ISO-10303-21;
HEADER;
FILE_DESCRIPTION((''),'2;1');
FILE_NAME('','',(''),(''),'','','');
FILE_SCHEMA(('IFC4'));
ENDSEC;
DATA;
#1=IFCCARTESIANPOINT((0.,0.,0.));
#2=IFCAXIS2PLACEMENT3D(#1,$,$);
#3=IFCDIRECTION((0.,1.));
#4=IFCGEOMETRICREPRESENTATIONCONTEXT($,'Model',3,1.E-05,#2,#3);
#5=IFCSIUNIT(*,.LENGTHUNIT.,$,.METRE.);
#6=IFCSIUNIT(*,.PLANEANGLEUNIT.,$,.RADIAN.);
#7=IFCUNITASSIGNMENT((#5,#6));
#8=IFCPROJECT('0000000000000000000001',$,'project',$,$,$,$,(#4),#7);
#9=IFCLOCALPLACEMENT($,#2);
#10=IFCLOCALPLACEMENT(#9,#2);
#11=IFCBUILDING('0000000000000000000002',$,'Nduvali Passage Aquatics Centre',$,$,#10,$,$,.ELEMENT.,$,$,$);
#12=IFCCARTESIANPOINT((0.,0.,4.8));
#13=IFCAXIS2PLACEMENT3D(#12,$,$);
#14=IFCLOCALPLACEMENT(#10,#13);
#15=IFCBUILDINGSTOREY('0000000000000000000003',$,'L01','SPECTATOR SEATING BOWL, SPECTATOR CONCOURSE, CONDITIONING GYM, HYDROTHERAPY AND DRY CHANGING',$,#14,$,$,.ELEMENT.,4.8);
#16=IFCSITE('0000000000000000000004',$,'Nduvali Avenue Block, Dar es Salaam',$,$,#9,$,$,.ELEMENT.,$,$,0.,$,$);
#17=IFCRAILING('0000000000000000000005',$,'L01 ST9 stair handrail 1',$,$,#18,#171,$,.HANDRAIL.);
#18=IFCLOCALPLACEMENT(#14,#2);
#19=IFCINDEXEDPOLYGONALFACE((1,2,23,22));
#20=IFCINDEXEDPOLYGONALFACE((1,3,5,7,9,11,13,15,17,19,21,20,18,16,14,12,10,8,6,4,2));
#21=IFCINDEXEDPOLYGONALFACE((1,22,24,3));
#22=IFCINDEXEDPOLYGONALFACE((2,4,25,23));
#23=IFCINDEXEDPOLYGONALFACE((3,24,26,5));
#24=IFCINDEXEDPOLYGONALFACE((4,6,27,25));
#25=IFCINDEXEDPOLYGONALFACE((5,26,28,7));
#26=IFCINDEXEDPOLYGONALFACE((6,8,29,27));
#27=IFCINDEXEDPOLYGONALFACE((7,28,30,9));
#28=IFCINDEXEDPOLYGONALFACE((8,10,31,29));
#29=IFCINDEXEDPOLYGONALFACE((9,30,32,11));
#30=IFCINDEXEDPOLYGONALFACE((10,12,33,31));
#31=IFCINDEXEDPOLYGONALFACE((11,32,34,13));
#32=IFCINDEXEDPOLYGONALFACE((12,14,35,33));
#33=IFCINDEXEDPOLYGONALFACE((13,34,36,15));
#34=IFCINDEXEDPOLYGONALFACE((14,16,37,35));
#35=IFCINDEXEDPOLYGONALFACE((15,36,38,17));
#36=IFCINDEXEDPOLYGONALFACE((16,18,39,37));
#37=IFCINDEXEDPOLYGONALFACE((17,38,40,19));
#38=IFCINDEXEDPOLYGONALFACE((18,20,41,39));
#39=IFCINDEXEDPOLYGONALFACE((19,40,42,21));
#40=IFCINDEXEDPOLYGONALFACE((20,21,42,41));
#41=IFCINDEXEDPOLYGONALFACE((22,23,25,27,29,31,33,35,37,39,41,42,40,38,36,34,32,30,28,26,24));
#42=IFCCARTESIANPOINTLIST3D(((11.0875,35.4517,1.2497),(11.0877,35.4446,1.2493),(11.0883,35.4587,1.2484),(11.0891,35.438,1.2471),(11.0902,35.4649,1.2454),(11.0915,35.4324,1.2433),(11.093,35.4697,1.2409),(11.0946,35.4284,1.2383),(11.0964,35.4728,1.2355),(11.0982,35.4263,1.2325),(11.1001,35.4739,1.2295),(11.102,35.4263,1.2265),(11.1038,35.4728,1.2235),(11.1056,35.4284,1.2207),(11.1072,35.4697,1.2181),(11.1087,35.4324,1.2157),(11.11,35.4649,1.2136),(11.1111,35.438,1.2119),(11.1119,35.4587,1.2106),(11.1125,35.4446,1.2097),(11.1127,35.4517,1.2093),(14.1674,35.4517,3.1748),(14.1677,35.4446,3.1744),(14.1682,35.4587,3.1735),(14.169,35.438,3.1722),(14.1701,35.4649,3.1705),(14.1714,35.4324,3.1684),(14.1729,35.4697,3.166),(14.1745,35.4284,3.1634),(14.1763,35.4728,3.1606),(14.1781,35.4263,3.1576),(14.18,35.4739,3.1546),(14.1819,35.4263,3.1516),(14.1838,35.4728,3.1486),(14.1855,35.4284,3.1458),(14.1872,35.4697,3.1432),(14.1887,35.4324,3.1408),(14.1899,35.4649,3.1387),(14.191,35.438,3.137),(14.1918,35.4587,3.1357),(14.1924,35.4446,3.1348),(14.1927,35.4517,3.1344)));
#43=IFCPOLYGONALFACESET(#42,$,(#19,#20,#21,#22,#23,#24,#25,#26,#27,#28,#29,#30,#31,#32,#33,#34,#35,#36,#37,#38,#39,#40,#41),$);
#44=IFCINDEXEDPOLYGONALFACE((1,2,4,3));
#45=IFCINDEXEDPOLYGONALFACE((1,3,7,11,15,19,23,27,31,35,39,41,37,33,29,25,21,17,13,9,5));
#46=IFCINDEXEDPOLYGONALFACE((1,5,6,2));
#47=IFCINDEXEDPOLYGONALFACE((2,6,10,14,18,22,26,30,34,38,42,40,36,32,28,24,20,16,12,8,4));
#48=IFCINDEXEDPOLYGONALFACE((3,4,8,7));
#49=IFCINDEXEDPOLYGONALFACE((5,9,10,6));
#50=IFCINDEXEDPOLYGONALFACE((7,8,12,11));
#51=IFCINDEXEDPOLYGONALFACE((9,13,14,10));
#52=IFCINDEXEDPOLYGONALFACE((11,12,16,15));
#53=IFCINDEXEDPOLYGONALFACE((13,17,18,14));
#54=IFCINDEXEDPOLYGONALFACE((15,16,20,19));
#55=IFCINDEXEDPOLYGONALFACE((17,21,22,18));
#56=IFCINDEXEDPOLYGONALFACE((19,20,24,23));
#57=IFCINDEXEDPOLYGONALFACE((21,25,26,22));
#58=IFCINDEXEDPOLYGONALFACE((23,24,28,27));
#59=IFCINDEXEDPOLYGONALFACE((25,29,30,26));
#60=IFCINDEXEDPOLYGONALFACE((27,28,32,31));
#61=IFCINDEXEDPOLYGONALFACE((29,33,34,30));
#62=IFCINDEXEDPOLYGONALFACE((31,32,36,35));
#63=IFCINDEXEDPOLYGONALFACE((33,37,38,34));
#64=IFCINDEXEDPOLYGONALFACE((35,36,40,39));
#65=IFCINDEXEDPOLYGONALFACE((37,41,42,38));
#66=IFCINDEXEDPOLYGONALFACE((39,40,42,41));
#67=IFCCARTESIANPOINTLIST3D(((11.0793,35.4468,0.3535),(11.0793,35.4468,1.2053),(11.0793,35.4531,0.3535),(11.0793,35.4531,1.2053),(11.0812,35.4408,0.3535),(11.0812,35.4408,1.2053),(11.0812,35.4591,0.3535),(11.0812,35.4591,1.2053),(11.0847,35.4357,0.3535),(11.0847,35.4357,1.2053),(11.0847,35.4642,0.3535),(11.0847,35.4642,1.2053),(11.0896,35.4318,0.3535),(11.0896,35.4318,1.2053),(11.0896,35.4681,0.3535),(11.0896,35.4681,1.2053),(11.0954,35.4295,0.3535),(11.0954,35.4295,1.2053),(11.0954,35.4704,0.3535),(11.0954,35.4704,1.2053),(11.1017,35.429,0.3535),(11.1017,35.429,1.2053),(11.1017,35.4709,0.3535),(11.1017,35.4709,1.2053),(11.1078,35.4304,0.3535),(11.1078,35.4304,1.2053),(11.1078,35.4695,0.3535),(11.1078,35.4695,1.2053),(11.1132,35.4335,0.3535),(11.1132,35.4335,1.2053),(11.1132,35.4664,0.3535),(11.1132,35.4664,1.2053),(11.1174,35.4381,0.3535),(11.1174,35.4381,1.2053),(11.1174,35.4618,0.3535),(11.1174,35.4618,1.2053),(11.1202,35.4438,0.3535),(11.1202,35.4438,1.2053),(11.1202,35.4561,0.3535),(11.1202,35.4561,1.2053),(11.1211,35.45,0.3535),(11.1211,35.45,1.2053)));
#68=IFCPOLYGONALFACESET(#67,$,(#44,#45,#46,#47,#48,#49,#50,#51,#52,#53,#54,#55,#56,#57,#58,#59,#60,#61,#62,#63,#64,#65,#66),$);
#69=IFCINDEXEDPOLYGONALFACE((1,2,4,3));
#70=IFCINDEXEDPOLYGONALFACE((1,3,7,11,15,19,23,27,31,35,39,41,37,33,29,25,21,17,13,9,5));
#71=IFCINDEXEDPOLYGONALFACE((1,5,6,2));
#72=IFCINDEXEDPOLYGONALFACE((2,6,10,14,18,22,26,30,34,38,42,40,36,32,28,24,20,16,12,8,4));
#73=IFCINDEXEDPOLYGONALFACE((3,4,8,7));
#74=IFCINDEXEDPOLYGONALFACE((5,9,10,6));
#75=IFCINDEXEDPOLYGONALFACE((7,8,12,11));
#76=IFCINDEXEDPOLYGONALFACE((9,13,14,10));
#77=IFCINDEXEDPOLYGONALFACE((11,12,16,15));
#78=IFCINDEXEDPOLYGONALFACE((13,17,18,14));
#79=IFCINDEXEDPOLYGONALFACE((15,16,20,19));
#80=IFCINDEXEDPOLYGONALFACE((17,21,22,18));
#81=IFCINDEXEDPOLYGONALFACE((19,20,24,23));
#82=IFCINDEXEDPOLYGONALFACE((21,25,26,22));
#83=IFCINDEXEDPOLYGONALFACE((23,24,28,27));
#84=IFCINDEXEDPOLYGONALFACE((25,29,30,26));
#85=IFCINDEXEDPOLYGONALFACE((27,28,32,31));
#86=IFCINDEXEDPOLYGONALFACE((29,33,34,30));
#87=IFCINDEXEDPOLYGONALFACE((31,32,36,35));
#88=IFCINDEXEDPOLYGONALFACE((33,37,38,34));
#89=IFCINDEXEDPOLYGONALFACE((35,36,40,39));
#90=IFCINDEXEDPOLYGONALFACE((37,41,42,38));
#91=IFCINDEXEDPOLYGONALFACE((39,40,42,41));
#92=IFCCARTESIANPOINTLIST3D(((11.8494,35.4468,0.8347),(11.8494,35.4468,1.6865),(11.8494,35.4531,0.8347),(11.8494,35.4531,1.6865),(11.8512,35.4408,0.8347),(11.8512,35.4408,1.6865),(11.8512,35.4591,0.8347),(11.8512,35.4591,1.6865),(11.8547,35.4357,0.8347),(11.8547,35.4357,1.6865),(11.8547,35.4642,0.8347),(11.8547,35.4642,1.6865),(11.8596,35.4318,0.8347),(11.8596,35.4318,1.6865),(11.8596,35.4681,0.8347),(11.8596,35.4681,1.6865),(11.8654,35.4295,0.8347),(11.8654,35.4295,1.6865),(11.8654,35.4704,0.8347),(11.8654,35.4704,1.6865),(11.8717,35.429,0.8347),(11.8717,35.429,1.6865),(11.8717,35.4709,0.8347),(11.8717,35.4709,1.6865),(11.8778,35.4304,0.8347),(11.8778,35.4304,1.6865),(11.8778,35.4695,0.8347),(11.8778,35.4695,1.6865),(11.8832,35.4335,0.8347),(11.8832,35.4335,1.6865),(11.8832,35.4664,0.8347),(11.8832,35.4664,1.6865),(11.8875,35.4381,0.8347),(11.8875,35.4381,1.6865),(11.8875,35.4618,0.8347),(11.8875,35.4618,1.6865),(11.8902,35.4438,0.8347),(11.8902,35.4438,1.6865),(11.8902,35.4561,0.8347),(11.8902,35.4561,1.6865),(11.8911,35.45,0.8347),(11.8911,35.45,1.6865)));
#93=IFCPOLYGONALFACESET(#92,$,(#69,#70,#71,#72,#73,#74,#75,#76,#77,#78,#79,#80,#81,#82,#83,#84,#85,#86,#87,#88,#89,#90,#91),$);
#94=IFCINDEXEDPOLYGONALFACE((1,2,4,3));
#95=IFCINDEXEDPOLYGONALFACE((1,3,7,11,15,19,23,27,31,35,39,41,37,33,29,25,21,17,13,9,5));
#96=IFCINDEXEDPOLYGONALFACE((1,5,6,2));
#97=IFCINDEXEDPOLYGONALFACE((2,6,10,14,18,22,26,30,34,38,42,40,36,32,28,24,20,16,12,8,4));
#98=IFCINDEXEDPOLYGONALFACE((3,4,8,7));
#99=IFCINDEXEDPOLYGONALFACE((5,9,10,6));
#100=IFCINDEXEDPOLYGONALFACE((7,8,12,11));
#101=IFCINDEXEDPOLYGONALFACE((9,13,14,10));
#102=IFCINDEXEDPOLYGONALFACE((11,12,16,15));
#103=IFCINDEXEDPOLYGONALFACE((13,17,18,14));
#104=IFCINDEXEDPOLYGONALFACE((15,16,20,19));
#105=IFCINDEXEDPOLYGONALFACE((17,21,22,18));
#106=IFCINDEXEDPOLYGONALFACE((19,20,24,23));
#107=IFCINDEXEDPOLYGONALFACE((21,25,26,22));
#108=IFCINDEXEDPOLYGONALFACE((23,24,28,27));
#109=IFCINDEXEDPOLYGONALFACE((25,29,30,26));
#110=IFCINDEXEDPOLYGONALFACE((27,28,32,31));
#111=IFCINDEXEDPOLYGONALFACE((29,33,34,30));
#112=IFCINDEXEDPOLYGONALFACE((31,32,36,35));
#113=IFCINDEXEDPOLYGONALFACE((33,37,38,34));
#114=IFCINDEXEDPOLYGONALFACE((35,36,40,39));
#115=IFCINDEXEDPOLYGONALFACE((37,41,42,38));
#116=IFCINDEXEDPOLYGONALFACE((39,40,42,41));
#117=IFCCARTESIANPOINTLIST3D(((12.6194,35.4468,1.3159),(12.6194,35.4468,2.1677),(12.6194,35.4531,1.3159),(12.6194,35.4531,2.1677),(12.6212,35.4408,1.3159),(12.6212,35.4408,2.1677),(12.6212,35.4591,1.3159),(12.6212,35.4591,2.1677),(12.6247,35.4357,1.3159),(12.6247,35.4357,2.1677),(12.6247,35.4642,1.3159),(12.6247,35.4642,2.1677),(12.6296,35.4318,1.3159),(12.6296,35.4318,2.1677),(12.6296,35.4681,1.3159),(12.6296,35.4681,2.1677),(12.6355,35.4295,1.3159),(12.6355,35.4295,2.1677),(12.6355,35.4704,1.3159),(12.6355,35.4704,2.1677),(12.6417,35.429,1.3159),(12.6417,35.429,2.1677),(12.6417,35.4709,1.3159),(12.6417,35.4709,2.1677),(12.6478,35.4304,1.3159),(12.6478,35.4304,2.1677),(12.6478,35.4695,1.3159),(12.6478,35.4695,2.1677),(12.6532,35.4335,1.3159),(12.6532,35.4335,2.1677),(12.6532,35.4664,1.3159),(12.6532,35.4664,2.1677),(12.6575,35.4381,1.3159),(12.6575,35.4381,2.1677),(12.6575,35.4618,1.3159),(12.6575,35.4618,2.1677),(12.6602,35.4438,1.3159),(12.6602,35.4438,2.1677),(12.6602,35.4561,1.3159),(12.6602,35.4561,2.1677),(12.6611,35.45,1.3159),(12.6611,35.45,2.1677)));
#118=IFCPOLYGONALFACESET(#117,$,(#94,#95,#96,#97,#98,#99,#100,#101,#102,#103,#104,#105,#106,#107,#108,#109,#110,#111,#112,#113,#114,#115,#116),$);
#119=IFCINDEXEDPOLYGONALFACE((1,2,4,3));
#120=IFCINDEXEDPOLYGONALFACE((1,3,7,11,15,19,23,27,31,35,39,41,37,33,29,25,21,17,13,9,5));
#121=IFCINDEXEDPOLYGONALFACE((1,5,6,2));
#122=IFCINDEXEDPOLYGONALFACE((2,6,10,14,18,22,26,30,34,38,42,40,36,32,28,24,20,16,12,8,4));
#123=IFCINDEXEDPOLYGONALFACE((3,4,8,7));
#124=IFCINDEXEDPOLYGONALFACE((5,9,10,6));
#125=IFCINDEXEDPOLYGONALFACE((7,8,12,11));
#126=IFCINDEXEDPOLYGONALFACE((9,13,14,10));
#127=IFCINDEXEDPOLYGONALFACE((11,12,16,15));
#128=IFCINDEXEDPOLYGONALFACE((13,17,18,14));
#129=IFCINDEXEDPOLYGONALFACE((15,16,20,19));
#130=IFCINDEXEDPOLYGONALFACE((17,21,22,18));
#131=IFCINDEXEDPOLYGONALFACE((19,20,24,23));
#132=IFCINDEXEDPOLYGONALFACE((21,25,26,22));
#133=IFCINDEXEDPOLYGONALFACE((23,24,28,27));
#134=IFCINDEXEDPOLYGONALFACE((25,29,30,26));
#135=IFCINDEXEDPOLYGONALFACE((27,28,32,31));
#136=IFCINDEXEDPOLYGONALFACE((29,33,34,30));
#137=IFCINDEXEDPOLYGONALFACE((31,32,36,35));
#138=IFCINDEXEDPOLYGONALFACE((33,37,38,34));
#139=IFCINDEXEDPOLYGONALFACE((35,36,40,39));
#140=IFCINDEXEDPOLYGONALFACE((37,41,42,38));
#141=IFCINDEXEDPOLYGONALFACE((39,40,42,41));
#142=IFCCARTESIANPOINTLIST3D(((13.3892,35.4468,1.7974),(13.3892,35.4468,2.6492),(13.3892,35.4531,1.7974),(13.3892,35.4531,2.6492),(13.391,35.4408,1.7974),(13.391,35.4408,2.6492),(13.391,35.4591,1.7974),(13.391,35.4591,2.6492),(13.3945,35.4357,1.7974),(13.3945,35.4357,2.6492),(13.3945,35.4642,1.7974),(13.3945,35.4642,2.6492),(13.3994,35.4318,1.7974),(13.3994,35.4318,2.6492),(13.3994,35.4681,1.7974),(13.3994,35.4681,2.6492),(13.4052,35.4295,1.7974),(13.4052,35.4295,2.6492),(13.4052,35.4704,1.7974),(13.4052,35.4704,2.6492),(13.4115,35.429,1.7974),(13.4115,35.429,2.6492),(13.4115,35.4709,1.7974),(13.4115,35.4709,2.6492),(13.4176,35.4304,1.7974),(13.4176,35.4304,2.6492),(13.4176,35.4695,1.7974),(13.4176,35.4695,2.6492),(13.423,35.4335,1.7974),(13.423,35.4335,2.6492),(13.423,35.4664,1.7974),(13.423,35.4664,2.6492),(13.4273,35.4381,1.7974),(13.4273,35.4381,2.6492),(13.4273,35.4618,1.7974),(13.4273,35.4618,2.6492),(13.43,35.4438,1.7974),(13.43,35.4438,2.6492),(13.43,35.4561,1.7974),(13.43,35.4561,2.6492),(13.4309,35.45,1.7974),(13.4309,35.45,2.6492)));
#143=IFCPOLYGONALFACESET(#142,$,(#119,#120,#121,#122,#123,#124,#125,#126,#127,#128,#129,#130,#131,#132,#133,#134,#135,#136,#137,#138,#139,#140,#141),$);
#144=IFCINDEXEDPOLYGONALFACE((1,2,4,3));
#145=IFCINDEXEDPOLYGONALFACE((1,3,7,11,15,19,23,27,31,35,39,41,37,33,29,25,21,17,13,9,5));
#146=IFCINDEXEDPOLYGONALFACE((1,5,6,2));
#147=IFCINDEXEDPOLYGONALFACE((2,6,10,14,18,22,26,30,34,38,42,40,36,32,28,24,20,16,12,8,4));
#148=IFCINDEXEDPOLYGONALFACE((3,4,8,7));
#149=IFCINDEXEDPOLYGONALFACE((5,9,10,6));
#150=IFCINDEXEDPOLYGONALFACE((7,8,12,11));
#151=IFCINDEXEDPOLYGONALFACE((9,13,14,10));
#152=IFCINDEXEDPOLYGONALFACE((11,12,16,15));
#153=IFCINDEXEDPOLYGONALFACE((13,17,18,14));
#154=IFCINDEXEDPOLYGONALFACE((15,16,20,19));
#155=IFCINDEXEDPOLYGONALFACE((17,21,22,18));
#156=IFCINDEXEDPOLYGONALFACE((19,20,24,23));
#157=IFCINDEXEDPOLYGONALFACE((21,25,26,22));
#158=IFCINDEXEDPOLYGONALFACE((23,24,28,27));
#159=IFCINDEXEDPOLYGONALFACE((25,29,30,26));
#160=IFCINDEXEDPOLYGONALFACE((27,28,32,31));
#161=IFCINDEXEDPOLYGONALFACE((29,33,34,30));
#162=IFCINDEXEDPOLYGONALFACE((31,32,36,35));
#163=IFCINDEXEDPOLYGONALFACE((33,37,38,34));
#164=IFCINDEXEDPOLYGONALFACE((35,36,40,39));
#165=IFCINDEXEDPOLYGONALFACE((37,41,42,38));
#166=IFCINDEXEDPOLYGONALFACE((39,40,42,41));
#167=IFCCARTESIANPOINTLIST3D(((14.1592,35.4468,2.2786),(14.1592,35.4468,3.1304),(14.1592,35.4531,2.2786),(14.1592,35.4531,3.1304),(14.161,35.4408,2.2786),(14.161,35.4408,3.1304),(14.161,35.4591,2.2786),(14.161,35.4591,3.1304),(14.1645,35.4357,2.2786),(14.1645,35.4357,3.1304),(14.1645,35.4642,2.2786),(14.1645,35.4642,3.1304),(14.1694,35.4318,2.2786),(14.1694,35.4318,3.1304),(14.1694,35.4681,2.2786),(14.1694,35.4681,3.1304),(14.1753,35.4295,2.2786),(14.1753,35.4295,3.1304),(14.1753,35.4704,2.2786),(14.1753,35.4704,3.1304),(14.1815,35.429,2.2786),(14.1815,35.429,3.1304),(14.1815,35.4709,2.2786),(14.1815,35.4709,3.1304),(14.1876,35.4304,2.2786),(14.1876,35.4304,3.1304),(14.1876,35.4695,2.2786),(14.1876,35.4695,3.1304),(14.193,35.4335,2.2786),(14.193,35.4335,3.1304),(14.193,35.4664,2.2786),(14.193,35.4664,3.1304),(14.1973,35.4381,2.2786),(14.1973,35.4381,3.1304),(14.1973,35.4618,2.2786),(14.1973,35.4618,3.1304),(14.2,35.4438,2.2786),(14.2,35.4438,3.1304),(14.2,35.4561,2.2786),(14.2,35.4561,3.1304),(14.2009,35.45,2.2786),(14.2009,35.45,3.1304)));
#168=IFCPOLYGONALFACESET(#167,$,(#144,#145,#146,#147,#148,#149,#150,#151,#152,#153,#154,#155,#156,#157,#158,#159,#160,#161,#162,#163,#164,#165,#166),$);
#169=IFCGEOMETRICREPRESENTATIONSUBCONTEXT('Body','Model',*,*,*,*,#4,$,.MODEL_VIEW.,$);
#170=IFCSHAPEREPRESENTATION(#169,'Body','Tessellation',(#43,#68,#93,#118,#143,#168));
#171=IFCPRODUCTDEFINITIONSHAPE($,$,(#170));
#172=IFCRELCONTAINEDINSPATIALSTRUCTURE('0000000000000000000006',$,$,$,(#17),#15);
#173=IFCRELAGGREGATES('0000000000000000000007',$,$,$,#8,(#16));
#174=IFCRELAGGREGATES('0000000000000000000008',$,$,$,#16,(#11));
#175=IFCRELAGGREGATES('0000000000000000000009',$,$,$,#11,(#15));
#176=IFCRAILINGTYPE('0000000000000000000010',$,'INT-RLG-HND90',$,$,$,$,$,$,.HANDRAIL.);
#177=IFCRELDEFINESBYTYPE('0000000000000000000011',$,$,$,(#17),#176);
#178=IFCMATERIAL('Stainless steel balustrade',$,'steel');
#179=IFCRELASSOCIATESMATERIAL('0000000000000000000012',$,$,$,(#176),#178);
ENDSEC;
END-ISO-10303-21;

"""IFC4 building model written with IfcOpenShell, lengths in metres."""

from ifc_helpers import new_model, si_unit, direction, frame, origin, origin_2d, place, context, subcontext, project, spatial, circle, extrude, material, type_object, element, save


model = new_model("IFC4")

# Units and contexts
model_context = context("Model", 3, precision=1e-05, world=origin(), true_north=direction((0.0, 1.0)))
body_context = subcontext(model_context, "Body", "Model", "MODEL_VIEW")
ifc_project = project(units=[si_unit("LENGTHUNIT", "METRE"), si_unit("PLANEANGLEUNIT", "RADIAN")], contexts=[model_context])

# Site, building, storey
site_placement = place(None, origin())
site = spatial("IfcSite", under=ifc_project, at=site_placement, Name="Nduvali Avenue Block, Dar es Salaam", CompositionType="ELEMENT", RefElevation=0.0)
building_placement = place(site_placement, origin())
building = spatial("IfcBuilding", under=site, at=building_placement, Name="Nduvali Passage Aquatics Centre", CompositionType="ELEMENT")
storey_placement = place(building_placement, frame((0.0, 0.0, 4.8)))
storey = spatial("IfcBuildingStorey", under=building, at=storey_placement, Name="L01", Description="SPECTATOR SEATING BOWL, SPECTATOR CONCOURSE, CONDITIONING GYM, HYDROTHERAPY AND DRY CHANGING", CompositionType="ELEMENT", Elevation=4.8)

# Railing
ifc_material_1 = material(Name="Stainless steel balustrade", Category="steel")
railing_type_1 = type_object("IfcRailingType", Name="INT-RLG-HND90", PredefinedType="HANDRAIL", material=ifc_material_1)
railing_1_placement = place(storey_placement, frame((11.1001, 35.45, 0.3535)))
element("IfcRailing", 1, at=railing_1_placement, inside=storey, type_object=railing_type_1, Name="L01 ST9 stair handrail 1", PredefinedType="HANDRAIL", context=body_context, shape_type="SweptSolid", body=[
    extrude(circle(Radius=0.0239, at=origin_2d()), frame((0.0, 0.0, 0.876), z_axis=(0.847979, 0.0, 0.530029), x_axis=(0.0, 1.0, 0.0)), (0.0, 0.0, 1.0), 3.6321),
    extrude(circle(Radius=0.021, at=origin_2d()), origin(), (0.0, 0.0, 1.0), 0.8518),
    extrude(circle(Radius=0.021, at=origin_2d()), frame((0.77, 0.0, 0.4812)), (0.0, 0.0, 1.0), 0.8518),
    extrude(circle(Radius=0.021, at=origin_2d()), frame((1.54, 0.0, 0.9624)), (0.0, 0.0, 1.0), 0.8518),
    extrude(circle(Radius=0.021, at=origin_2d()), frame((2.3098, 0.0, 1.4438)), (0.0, 0.0, 1.0), 0.8518),
    extrude(circle(Radius=0.021, at=origin_2d()), frame((3.0798, 0.0, 1.925)), (0.0, 0.0, 1.0), 0.8518),
])

save(model, "model.ifc")
